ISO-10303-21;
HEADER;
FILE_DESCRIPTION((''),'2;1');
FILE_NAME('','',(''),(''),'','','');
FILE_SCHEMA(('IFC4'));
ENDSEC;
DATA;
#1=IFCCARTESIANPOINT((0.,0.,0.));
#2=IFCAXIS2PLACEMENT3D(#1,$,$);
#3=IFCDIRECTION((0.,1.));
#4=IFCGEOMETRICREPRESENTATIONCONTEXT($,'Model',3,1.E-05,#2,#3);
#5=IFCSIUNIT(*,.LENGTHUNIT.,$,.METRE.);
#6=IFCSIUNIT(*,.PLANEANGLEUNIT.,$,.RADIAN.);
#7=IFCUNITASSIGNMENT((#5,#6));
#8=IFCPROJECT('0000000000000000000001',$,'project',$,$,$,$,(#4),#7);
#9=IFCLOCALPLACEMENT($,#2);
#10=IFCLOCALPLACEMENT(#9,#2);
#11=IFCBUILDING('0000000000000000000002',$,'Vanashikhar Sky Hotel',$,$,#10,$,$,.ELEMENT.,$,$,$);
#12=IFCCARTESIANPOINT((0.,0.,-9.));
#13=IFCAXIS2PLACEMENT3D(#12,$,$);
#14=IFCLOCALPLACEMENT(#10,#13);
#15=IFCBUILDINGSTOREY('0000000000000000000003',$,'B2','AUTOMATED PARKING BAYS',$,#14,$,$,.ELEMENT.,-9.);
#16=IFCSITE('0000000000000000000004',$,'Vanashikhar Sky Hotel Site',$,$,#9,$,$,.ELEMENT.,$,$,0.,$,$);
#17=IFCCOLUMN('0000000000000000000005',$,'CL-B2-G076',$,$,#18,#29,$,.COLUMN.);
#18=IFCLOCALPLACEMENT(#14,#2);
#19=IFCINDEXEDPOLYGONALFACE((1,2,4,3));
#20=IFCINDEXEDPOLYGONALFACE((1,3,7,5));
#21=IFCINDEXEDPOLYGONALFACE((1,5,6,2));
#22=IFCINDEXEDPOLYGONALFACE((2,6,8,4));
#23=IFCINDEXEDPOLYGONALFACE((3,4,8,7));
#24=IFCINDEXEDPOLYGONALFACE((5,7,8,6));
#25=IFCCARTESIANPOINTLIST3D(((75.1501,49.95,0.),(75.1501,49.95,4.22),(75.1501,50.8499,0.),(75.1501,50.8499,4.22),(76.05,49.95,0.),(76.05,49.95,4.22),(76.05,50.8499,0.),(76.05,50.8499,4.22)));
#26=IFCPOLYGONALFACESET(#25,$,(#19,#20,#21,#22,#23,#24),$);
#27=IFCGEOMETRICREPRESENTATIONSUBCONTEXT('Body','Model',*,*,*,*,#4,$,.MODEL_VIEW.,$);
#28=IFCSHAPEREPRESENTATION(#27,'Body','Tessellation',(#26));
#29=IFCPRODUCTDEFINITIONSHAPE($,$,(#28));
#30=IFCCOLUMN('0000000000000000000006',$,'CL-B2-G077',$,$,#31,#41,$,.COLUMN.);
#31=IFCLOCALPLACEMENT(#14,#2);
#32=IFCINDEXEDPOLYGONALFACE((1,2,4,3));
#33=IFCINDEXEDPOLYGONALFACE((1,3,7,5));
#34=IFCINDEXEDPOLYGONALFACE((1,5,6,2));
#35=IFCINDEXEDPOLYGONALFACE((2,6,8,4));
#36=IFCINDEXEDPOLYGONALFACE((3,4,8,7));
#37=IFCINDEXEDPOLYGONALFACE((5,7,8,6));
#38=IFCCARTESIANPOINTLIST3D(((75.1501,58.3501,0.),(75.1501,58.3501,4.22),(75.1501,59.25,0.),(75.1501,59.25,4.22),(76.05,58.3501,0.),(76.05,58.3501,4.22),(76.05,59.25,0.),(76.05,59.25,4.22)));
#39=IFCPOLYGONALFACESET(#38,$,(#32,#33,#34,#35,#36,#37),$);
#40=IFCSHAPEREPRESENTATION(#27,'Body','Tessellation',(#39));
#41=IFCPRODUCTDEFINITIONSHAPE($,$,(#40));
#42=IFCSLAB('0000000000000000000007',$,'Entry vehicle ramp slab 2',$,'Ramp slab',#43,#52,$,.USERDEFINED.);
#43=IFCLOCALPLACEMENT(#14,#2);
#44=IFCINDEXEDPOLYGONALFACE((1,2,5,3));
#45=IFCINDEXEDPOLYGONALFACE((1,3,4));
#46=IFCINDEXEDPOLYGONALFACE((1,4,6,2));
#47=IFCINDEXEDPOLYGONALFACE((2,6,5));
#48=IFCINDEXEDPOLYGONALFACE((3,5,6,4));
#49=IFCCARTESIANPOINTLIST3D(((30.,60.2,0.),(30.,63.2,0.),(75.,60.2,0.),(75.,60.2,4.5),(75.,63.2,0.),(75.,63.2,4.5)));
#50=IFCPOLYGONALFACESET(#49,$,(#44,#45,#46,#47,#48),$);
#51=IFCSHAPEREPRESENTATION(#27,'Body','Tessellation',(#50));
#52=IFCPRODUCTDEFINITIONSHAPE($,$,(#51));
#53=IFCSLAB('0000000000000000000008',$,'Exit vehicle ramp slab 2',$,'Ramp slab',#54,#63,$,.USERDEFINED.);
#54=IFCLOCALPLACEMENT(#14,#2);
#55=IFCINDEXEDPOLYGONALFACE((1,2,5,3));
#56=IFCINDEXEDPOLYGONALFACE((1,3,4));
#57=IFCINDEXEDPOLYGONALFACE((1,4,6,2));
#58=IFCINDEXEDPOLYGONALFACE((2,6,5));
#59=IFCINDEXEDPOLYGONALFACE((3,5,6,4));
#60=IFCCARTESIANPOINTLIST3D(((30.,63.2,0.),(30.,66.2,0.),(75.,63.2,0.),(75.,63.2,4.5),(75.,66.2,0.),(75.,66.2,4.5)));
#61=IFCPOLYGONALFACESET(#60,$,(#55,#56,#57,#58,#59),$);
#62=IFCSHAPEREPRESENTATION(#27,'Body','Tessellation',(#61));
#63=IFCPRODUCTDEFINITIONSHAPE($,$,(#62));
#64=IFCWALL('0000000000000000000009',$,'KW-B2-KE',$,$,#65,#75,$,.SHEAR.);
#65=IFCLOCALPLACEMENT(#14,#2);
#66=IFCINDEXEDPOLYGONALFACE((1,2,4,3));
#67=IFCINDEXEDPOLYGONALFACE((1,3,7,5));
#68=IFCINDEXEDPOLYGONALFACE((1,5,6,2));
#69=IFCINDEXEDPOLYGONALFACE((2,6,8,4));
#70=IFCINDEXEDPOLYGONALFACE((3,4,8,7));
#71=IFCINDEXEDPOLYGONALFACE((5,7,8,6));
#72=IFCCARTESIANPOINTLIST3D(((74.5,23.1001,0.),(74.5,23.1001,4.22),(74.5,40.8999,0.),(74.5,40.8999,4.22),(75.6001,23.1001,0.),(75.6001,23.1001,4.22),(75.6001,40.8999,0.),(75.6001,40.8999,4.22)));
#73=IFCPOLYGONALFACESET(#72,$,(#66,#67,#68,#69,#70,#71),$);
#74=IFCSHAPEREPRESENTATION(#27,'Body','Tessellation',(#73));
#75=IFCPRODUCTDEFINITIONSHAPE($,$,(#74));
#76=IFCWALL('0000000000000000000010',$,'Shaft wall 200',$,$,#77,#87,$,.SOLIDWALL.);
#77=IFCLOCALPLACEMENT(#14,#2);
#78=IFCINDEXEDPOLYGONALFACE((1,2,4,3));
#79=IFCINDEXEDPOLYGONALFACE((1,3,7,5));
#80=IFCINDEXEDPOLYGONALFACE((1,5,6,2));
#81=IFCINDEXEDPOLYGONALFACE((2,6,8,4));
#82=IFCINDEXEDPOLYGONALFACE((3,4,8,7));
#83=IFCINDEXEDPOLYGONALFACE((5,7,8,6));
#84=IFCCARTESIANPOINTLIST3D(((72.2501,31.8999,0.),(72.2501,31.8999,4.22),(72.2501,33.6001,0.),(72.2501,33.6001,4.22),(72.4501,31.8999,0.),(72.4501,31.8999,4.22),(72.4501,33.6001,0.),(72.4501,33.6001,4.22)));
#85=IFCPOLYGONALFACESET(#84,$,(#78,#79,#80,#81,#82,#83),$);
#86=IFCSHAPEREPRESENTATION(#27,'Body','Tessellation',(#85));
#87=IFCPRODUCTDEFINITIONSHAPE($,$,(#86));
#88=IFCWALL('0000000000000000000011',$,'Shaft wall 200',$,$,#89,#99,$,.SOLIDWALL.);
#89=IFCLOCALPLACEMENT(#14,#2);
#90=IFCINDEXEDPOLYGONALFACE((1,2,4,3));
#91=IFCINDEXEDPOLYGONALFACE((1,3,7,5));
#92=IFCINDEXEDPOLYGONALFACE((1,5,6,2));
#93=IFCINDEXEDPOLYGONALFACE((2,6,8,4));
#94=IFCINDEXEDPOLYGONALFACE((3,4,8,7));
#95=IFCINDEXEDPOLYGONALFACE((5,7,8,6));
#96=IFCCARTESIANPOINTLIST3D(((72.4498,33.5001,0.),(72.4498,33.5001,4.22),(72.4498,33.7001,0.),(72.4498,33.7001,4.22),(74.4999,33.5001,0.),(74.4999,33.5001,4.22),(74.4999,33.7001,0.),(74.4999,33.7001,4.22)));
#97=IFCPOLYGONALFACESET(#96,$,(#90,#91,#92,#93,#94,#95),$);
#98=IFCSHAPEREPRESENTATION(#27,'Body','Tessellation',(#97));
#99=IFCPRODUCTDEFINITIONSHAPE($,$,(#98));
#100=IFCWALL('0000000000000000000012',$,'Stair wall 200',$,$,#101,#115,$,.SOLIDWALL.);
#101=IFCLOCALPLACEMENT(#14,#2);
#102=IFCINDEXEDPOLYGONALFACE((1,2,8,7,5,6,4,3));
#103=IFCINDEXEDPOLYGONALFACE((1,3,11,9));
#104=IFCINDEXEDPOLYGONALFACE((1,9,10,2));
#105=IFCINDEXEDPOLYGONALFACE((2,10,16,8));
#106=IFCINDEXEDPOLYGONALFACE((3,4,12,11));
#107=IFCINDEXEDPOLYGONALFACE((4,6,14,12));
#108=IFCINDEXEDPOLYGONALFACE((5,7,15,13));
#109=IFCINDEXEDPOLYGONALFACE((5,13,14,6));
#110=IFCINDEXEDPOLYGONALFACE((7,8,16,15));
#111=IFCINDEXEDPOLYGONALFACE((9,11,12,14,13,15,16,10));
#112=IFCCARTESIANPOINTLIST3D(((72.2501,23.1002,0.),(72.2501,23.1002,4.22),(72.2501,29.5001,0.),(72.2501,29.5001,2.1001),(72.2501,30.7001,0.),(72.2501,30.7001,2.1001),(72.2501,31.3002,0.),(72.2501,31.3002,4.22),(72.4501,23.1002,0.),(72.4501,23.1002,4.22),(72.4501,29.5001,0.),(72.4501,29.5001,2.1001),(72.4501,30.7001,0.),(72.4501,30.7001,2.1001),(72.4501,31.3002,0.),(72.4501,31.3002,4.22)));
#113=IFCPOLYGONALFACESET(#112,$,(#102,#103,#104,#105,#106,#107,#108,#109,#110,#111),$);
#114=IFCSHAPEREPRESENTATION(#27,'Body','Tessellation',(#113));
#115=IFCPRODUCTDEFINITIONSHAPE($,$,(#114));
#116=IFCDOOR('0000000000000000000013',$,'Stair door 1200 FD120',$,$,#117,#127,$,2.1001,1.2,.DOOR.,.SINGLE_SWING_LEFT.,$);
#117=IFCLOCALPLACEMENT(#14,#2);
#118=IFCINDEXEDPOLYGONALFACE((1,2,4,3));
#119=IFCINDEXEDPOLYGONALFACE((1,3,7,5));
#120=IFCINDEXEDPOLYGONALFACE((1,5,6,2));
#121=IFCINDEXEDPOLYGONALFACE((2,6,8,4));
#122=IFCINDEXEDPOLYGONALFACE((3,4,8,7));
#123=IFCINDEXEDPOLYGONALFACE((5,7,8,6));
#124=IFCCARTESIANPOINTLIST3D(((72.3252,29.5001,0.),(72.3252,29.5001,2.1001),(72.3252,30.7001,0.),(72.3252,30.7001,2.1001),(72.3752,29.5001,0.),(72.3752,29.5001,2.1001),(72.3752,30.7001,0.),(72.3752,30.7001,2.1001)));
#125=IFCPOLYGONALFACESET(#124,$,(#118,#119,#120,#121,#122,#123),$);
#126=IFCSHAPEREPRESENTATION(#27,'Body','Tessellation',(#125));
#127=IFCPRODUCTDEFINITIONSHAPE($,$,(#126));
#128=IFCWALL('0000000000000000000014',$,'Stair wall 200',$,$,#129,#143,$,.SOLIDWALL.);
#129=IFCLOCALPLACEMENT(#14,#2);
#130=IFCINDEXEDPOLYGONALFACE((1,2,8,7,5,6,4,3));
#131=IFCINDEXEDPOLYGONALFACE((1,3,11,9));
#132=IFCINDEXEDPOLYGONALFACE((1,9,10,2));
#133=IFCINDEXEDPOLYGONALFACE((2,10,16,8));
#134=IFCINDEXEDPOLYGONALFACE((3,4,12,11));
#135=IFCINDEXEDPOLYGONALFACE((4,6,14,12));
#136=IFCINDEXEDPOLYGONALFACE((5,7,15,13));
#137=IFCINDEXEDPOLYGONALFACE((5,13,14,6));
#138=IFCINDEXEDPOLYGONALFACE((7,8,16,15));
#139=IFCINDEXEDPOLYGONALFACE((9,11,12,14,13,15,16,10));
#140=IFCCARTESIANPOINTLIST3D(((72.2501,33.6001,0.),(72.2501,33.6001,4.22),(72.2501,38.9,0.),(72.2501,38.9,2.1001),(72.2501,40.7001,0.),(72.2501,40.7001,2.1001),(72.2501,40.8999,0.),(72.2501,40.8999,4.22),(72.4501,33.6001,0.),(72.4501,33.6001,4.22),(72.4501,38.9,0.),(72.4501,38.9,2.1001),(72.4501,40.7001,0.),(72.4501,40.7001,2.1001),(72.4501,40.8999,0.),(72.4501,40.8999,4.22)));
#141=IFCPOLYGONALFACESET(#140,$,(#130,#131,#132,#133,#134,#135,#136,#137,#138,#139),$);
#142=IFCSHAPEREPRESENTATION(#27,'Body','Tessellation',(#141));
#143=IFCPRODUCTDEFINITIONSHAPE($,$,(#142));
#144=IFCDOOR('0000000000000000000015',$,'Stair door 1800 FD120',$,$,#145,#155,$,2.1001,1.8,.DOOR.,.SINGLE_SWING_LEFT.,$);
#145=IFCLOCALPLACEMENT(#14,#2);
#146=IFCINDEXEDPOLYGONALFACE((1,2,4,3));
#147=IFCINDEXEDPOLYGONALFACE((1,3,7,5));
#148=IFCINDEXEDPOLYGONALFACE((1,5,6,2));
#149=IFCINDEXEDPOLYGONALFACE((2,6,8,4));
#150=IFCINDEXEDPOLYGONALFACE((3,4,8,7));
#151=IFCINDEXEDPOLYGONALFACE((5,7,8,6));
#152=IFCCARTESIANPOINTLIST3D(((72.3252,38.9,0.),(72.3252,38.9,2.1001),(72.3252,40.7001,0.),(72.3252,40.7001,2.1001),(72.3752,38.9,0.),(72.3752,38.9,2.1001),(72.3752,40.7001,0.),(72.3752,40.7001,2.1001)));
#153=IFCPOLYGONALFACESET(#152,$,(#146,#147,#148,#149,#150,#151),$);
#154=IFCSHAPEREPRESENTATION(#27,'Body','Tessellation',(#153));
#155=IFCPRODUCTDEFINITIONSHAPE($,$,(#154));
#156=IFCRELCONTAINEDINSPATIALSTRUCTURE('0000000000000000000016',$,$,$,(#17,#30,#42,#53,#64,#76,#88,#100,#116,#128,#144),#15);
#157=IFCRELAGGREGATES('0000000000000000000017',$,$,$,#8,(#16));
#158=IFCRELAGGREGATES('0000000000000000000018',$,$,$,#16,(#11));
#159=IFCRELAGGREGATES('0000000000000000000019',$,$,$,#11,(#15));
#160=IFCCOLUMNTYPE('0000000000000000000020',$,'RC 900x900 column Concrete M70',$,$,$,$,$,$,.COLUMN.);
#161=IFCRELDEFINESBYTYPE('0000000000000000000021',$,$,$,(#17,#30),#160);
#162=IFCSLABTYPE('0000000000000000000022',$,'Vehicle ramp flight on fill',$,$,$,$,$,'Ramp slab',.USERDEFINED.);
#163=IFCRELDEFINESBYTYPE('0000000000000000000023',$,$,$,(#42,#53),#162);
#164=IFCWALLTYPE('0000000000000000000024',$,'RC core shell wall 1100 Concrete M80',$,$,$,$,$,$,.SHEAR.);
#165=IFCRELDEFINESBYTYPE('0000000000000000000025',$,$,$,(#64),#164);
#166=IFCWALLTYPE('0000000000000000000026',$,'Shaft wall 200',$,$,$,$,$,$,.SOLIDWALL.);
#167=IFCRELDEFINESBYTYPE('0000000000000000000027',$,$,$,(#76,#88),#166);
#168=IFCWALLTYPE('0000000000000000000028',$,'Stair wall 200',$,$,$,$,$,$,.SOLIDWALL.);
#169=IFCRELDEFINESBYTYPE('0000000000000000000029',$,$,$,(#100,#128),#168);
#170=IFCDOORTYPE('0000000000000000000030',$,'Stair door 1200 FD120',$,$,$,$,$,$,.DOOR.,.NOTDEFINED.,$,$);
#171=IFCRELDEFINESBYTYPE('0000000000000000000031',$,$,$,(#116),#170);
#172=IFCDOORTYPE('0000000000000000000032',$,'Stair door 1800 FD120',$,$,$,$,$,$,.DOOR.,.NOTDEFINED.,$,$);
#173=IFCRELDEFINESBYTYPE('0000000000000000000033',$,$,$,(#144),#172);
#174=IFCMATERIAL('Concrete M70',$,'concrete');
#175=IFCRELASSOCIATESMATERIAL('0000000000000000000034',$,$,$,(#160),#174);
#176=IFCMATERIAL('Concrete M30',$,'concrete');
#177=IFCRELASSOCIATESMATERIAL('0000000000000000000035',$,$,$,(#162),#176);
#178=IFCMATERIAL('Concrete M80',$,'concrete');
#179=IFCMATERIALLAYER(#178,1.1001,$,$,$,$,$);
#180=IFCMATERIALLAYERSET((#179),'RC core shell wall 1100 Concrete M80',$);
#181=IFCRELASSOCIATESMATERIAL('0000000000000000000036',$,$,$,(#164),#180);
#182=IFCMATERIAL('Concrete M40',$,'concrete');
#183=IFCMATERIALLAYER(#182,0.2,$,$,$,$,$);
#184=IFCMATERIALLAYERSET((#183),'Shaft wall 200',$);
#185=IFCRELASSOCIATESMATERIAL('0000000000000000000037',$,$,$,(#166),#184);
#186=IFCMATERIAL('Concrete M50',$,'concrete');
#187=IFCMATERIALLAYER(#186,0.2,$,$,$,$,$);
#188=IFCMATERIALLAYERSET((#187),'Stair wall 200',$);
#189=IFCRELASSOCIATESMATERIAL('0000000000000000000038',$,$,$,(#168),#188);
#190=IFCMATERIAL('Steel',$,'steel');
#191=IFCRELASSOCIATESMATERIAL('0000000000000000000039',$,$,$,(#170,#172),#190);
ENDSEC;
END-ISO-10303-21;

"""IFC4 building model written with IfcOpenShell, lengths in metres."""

from ifc_helpers import new_model, si_unit, direction, frame, frame_2d, origin, origin_2d, place, context, subcontext, project, spatial, polyline, rectangle, outline, extrude, source, transform, mapped, material, layer, layer_set, material_profile, profile_set, type_object, element, fill, save


model = new_model("IFC4")

# Units and contexts
model_context = context("Model", 3, precision=1e-05, world=origin(), true_north=direction((0.0, 1.0)))
body_context = subcontext(model_context, "Body", "Model", "MODEL_VIEW")
ifc_project = project(units=[si_unit("LENGTHUNIT", "METRE"), si_unit("PLANEANGLEUNIT", "RADIAN")], contexts=[model_context])

# Site, building, storey
site_placement = place(None, origin())
site = spatial("IfcSite", under=ifc_project, at=site_placement, Name="Vanashikhar Sky Hotel Site", CompositionType="ELEMENT", RefElevation=0.0)
building_placement = place(site_placement, origin())
building = spatial("IfcBuilding", under=site, at=building_placement, Name="Vanashikhar Sky Hotel", CompositionType="ELEMENT")
storey_placement = place(building_placement, frame((0.0, 0.0, -9.0)))
storey = spatial("IfcBuildingStorey", under=building, at=storey_placement, Name="B2", Description="AUTOMATED PARKING BAYS", CompositionType="ELEMENT", Elevation=-9.0)

# Columns
ifc_material_1 = material(Name="Concrete M70", Category="concrete")
ifc_material_profile = material_profile(ifc_material_1, rectangle(XDim=0.8999, YDim=0.8999, at=origin_2d()))
ifc_profile_set = profile_set([ifc_material_profile], Name="RC 900x900 column Concrete M70")
column_type = type_object("IfcColumnType", Name="RC 900x900 column Concrete M70", PredefinedType="COLUMN", material=ifc_profile_set)
shared_shape_1 = source(origin(), body_context, "Body", "SweptSolid", [
    extrude(rectangle(XDim=0.8999, YDim=0.8999, at=origin_2d()), origin(), (0.0, 0.0, 1.0), 4.22),
])
for number, where, z_axis, x_axis, name in (
    (1, (75.6001, 50.3999, 0.0), (0.0, 0.0, 1.0), (1.0, 0.0, 0.0), "CL-B2-G076"),
    (2, (75.6001, 58.8, 0.0), (0.0, 0.0, 1.0), (1.0, 0.0, 0.0), "CL-B2-G077"),
):
    element("IfcColumn", number, at=place(storey_placement, frame(where, z_axis=z_axis, x_axis=x_axis)), inside=storey, type_object=column_type, Name=name, PredefinedType="COLUMN", context=body_context, shape_type="MappedRepresentation", body=[
        mapped(shared_shape_1, transform((0.0, 0.0, 0.0), scale=1.0)),
    ])

# Slabs
ifc_material_2 = material(Name="Concrete M30", Category="concrete")
slab_type = type_object("IfcSlabType", Name="Vehicle ramp flight on fill", ElementType="Ramp slab", PredefinedType="USERDEFINED", material=ifc_material_2)
shared_shape_2 = source(origin(), body_context, "Body", "SweptSolid", [
    extrude(outline(polyline([(0.0, 0.0), (45.0, 0.0), (45.0, 0.0), (0.0, 4.5), (0.0, 0.0)])), frame((0.0, 1.5, 0.0), z_axis=(0.0, -1.0, 0.0), x_axis=(1.0, 0.0, 0.0)), (0.0, 0.0, 1.0), 3.0),
])
for number, where, z_axis, x_axis, name in (
    (3, (75.0, 61.7, 0.0), (0.0, 0.0, 1.0), (-1.0, 0.0, 0.0), "Entry vehicle ramp slab 2"),
    (4, (75.0, 64.7, 0.0), (0.0, 0.0, 1.0), (-1.0, 0.0, 0.0), "Exit vehicle ramp slab 2"),
):
    element("IfcSlab", number, at=place(storey_placement, frame(where, z_axis=z_axis, x_axis=x_axis)), inside=storey, type_object=slab_type, Name=name, ObjectType="Ramp slab", PredefinedType="USERDEFINED", context=body_context, shape_type="MappedRepresentation", body=[
        mapped(shared_shape_2, transform((0.0, 0.0, 0.0), scale=1.0)),
    ])

# Walls
ifc_material_3 = material(Name="Concrete M80", Category="concrete")
ifc_layer_1 = layer(ifc_material_3, 1.1001)
ifc_layer_set_1 = layer_set([ifc_layer_1], Name="RC core shell wall 1100 Concrete M80")
wall_type_1 = type_object("IfcWallType", Name="RC core shell wall 1100 Concrete M80", PredefinedType="SHEAR", material=ifc_layer_set_1)
shared_shape_3 = source(origin(), body_context, "Body", "SweptSolid", [
    extrude(rectangle(XDim=17.7998, YDim=1.1001, at=frame_2d((8.8999, 0.0))), origin(), (0.0, 0.0, 1.0), 4.22),
])
wall_1_placement = place(storey_placement, frame((75.05, 23.1001, 0.0), z_axis=(0.0, 0.0, 1.0), x_axis=(0.0, 1.0, 0.0)))
element("IfcWall", 5, at=wall_1_placement, inside=storey, type_object=wall_type_1, Name="KW-B2-KE", PredefinedType="SHEAR", context=body_context, shape_type="MappedRepresentation", body=[
    mapped(shared_shape_3, transform((0.0, 0.0, 0.0), scale=1.0)),
])
ifc_material_4 = material(Name="Concrete M40", Category="concrete")
ifc_layer_2 = layer(ifc_material_4, 0.2)
ifc_layer_set_2 = layer_set([ifc_layer_2], Name="Shaft wall 200")
wall_type_2 = type_object("IfcWallType", Name="Shaft wall 200", PredefinedType="SOLIDWALL", material=ifc_layer_set_2)
shared_shape_4 = source(origin(), body_context, "Body", "SweptSolid", [
    extrude(rectangle(XDim=1.7002, YDim=0.2, at=frame_2d((0.8501, 0.0))), origin(), (0.0, 0.0, 1.0), 4.22),
])
wall_2_placement = place(storey_placement, frame((72.3501, 31.8999, 0.0), z_axis=(0.0, 0.0, 1.0), x_axis=(0.0, 1.0, 0.0)))
element("IfcWall", 6, at=wall_2_placement, inside=storey, type_object=wall_type_2, Name="Shaft wall 200", PredefinedType="SOLIDWALL", context=body_context, shape_type="MappedRepresentation", body=[
    mapped(shared_shape_4, transform((0.0, 0.0, 0.0), scale=1.0)),
])
shared_shape_5 = source(origin(), body_context, "Body", "SweptSolid", [
    extrude(rectangle(XDim=2.05, YDim=0.2, at=frame_2d((1.0249, 0.0))), origin(), (0.0, 0.0, 1.0), 4.22),
])
wall_3_placement = place(storey_placement, frame((72.45, 33.6001, 0.0), z_axis=(0.0, 0.0, 1.0), x_axis=(1.0, 0.0, 0.0)))
element("IfcWall", 7, at=wall_3_placement, inside=storey, type_object=wall_type_2, Name="Shaft wall 200", PredefinedType="SOLIDWALL", context=body_context, shape_type="MappedRepresentation", body=[
    mapped(shared_shape_5, transform((0.0, 0.0, 0.0), scale=1.0)),
])

# Walls, openings, doors
ifc_material_5 = material(Name="Concrete M50", Category="concrete")
ifc_layer_3 = layer(ifc_material_5, 0.2)
ifc_layer_set_3 = layer_set([ifc_layer_3], Name="Stair wall 200")
wall_type_3 = type_object("IfcWallType", Name="Stair wall 200", PredefinedType="SOLIDWALL", material=ifc_layer_set_3)
shared_shape_6 = source(origin(), body_context, "Body", "SweptSolid", [
    extrude(rectangle(XDim=8.2, YDim=0.2, at=frame_2d((4.1001, 0.0))), origin(), (0.0, 0.0, 1.0), 4.22),
])
wall_4_placement = place(storey_placement, frame((72.3501, 23.1001, 0.0), z_axis=(0.0, 0.0, 1.0), x_axis=(0.0, 1.0, 0.0)))
wall_4 = element("IfcWall", 8, at=wall_4_placement, inside=storey, type_object=wall_type_3, Name="Stair wall 200", PredefinedType="SOLIDWALL", context=body_context, shape_type="MappedRepresentation", body=[
    mapped(shared_shape_6, transform((0.0, 0.0, 0.0), scale=1.0)),
])
shared_shape_7 = source(origin(), body_context, "Body", "SweptSolid", [
    extrude(rectangle(XDim=1.2, YDim=2.1001, at=frame_2d((0.6001, 1.05))), frame((0.0, 0.1099, 0.0), z_axis=(0.0, -1.0, 0.0), x_axis=(1.0, 0.0, 0.0)), (0.0, 0.0, 1.0), 0.22),
])
opening_1_placement = place(wall_4_placement, frame((6.3999, 0.0, 0.0)))
opening_1 = element("IfcOpeningElement", 9, at=opening_1_placement, cuts=wall_4, PredefinedType="OPENING", context=body_context, shape_type="MappedRepresentation", body=[
    mapped(shared_shape_7, transform((0.0, 0.0, 0.0), scale=1.0)),
])
ifc_material_6 = material(Name="Steel", Category="steel")
door_type_1 = type_object("IfcDoorType", Name="Stair door 1200 FD120", OperationType="NOTDEFINED", PredefinedType="DOOR", material=ifc_material_6)
shared_shape_8 = source(origin(), body_context, "Body", "SweptSolid", [
    extrude(rectangle(XDim=1.2, YDim=2.1001, at=frame_2d((0.6001, 1.05))), frame((0.0, 0.0249, 0.0), z_axis=(0.0, -1.0, 0.0), x_axis=(1.0, 0.0, 0.0)), (0.0, 0.0, 1.0), 0.05),
])
door_1_placement = place(opening_1_placement, origin())
door_1 = element("IfcDoor", 10, at=door_1_placement, inside=storey, type_object=door_type_1, Name="Stair door 1200 FD120", OperationType="SINGLE_SWING_LEFT", OverallHeight=2.1001, OverallWidth=1.2, PredefinedType="DOOR", context=body_context, shape_type="MappedRepresentation", body=[
    mapped(shared_shape_8, transform((0.0, 0.0, 0.0), scale=1.0)),
])
fill(opening_1, door_1)
shared_shape_9 = source(origin(), body_context, "Body", "SweptSolid", [
    extrude(rectangle(XDim=7.2998, YDim=0.2, at=frame_2d((3.6499, 0.0))), origin(), (0.0, 0.0, 1.0), 4.22),
])
wall_5_placement = place(storey_placement, frame((72.3501, 33.6001, 0.0), z_axis=(0.0, 0.0, 1.0), x_axis=(0.0, 1.0, 0.0)))
wall_5 = element("IfcWall", 11, at=wall_5_placement, inside=storey, type_object=wall_type_3, Name="Stair wall 200", PredefinedType="SOLIDWALL", context=body_context, shape_type="MappedRepresentation", body=[
    mapped(shared_shape_9, transform((0.0, 0.0, 0.0), scale=1.0)),
])
shared_shape_10 = source(origin(), body_context, "Body", "SweptSolid", [
    extrude(rectangle(XDim=1.8, YDim=2.1001, at=frame_2d((0.8999, 1.05))), frame((0.0, 0.1099, 0.0), z_axis=(0.0, -1.0, 0.0), x_axis=(1.0, 0.0, 0.0)), (0.0, 0.0, 1.0), 0.22),
])
opening_2_placement = place(wall_5_placement, frame((5.3, 0.0, 0.0)))
opening_2 = element("IfcOpeningElement", 12, at=opening_2_placement, cuts=wall_5, PredefinedType="OPENING", context=body_context, shape_type="MappedRepresentation", body=[
    mapped(shared_shape_10, transform((0.0, 0.0, 0.0), scale=1.0)),
])
door_type_2 = type_object("IfcDoorType", Name="Stair door 1800 FD120", OperationType="NOTDEFINED", PredefinedType="DOOR", material=ifc_material_6)
shared_shape_11 = source(origin(), body_context, "Body", "SweptSolid", [
    extrude(rectangle(XDim=1.8, YDim=2.1001, at=frame_2d((0.8999, 1.05))), frame((0.0, 0.0249, 0.0), z_axis=(0.0, -1.0, 0.0), x_axis=(1.0, 0.0, 0.0)), (0.0, 0.0, 1.0), 0.05),
])
door_2_placement = place(opening_2_placement, origin())
door_2 = element("IfcDoor", 13, at=door_2_placement, inside=storey, type_object=door_type_2, Name="Stair door 1800 FD120", OperationType="SINGLE_SWING_LEFT", OverallHeight=2.1001, OverallWidth=1.8, PredefinedType="DOOR", context=body_context, shape_type="MappedRepresentation", body=[
    mapped(shared_shape_11, transform((0.0, 0.0, 0.0), scale=1.0)),
])
fill(opening_2, door_2)

save(model, "model.ifc")
